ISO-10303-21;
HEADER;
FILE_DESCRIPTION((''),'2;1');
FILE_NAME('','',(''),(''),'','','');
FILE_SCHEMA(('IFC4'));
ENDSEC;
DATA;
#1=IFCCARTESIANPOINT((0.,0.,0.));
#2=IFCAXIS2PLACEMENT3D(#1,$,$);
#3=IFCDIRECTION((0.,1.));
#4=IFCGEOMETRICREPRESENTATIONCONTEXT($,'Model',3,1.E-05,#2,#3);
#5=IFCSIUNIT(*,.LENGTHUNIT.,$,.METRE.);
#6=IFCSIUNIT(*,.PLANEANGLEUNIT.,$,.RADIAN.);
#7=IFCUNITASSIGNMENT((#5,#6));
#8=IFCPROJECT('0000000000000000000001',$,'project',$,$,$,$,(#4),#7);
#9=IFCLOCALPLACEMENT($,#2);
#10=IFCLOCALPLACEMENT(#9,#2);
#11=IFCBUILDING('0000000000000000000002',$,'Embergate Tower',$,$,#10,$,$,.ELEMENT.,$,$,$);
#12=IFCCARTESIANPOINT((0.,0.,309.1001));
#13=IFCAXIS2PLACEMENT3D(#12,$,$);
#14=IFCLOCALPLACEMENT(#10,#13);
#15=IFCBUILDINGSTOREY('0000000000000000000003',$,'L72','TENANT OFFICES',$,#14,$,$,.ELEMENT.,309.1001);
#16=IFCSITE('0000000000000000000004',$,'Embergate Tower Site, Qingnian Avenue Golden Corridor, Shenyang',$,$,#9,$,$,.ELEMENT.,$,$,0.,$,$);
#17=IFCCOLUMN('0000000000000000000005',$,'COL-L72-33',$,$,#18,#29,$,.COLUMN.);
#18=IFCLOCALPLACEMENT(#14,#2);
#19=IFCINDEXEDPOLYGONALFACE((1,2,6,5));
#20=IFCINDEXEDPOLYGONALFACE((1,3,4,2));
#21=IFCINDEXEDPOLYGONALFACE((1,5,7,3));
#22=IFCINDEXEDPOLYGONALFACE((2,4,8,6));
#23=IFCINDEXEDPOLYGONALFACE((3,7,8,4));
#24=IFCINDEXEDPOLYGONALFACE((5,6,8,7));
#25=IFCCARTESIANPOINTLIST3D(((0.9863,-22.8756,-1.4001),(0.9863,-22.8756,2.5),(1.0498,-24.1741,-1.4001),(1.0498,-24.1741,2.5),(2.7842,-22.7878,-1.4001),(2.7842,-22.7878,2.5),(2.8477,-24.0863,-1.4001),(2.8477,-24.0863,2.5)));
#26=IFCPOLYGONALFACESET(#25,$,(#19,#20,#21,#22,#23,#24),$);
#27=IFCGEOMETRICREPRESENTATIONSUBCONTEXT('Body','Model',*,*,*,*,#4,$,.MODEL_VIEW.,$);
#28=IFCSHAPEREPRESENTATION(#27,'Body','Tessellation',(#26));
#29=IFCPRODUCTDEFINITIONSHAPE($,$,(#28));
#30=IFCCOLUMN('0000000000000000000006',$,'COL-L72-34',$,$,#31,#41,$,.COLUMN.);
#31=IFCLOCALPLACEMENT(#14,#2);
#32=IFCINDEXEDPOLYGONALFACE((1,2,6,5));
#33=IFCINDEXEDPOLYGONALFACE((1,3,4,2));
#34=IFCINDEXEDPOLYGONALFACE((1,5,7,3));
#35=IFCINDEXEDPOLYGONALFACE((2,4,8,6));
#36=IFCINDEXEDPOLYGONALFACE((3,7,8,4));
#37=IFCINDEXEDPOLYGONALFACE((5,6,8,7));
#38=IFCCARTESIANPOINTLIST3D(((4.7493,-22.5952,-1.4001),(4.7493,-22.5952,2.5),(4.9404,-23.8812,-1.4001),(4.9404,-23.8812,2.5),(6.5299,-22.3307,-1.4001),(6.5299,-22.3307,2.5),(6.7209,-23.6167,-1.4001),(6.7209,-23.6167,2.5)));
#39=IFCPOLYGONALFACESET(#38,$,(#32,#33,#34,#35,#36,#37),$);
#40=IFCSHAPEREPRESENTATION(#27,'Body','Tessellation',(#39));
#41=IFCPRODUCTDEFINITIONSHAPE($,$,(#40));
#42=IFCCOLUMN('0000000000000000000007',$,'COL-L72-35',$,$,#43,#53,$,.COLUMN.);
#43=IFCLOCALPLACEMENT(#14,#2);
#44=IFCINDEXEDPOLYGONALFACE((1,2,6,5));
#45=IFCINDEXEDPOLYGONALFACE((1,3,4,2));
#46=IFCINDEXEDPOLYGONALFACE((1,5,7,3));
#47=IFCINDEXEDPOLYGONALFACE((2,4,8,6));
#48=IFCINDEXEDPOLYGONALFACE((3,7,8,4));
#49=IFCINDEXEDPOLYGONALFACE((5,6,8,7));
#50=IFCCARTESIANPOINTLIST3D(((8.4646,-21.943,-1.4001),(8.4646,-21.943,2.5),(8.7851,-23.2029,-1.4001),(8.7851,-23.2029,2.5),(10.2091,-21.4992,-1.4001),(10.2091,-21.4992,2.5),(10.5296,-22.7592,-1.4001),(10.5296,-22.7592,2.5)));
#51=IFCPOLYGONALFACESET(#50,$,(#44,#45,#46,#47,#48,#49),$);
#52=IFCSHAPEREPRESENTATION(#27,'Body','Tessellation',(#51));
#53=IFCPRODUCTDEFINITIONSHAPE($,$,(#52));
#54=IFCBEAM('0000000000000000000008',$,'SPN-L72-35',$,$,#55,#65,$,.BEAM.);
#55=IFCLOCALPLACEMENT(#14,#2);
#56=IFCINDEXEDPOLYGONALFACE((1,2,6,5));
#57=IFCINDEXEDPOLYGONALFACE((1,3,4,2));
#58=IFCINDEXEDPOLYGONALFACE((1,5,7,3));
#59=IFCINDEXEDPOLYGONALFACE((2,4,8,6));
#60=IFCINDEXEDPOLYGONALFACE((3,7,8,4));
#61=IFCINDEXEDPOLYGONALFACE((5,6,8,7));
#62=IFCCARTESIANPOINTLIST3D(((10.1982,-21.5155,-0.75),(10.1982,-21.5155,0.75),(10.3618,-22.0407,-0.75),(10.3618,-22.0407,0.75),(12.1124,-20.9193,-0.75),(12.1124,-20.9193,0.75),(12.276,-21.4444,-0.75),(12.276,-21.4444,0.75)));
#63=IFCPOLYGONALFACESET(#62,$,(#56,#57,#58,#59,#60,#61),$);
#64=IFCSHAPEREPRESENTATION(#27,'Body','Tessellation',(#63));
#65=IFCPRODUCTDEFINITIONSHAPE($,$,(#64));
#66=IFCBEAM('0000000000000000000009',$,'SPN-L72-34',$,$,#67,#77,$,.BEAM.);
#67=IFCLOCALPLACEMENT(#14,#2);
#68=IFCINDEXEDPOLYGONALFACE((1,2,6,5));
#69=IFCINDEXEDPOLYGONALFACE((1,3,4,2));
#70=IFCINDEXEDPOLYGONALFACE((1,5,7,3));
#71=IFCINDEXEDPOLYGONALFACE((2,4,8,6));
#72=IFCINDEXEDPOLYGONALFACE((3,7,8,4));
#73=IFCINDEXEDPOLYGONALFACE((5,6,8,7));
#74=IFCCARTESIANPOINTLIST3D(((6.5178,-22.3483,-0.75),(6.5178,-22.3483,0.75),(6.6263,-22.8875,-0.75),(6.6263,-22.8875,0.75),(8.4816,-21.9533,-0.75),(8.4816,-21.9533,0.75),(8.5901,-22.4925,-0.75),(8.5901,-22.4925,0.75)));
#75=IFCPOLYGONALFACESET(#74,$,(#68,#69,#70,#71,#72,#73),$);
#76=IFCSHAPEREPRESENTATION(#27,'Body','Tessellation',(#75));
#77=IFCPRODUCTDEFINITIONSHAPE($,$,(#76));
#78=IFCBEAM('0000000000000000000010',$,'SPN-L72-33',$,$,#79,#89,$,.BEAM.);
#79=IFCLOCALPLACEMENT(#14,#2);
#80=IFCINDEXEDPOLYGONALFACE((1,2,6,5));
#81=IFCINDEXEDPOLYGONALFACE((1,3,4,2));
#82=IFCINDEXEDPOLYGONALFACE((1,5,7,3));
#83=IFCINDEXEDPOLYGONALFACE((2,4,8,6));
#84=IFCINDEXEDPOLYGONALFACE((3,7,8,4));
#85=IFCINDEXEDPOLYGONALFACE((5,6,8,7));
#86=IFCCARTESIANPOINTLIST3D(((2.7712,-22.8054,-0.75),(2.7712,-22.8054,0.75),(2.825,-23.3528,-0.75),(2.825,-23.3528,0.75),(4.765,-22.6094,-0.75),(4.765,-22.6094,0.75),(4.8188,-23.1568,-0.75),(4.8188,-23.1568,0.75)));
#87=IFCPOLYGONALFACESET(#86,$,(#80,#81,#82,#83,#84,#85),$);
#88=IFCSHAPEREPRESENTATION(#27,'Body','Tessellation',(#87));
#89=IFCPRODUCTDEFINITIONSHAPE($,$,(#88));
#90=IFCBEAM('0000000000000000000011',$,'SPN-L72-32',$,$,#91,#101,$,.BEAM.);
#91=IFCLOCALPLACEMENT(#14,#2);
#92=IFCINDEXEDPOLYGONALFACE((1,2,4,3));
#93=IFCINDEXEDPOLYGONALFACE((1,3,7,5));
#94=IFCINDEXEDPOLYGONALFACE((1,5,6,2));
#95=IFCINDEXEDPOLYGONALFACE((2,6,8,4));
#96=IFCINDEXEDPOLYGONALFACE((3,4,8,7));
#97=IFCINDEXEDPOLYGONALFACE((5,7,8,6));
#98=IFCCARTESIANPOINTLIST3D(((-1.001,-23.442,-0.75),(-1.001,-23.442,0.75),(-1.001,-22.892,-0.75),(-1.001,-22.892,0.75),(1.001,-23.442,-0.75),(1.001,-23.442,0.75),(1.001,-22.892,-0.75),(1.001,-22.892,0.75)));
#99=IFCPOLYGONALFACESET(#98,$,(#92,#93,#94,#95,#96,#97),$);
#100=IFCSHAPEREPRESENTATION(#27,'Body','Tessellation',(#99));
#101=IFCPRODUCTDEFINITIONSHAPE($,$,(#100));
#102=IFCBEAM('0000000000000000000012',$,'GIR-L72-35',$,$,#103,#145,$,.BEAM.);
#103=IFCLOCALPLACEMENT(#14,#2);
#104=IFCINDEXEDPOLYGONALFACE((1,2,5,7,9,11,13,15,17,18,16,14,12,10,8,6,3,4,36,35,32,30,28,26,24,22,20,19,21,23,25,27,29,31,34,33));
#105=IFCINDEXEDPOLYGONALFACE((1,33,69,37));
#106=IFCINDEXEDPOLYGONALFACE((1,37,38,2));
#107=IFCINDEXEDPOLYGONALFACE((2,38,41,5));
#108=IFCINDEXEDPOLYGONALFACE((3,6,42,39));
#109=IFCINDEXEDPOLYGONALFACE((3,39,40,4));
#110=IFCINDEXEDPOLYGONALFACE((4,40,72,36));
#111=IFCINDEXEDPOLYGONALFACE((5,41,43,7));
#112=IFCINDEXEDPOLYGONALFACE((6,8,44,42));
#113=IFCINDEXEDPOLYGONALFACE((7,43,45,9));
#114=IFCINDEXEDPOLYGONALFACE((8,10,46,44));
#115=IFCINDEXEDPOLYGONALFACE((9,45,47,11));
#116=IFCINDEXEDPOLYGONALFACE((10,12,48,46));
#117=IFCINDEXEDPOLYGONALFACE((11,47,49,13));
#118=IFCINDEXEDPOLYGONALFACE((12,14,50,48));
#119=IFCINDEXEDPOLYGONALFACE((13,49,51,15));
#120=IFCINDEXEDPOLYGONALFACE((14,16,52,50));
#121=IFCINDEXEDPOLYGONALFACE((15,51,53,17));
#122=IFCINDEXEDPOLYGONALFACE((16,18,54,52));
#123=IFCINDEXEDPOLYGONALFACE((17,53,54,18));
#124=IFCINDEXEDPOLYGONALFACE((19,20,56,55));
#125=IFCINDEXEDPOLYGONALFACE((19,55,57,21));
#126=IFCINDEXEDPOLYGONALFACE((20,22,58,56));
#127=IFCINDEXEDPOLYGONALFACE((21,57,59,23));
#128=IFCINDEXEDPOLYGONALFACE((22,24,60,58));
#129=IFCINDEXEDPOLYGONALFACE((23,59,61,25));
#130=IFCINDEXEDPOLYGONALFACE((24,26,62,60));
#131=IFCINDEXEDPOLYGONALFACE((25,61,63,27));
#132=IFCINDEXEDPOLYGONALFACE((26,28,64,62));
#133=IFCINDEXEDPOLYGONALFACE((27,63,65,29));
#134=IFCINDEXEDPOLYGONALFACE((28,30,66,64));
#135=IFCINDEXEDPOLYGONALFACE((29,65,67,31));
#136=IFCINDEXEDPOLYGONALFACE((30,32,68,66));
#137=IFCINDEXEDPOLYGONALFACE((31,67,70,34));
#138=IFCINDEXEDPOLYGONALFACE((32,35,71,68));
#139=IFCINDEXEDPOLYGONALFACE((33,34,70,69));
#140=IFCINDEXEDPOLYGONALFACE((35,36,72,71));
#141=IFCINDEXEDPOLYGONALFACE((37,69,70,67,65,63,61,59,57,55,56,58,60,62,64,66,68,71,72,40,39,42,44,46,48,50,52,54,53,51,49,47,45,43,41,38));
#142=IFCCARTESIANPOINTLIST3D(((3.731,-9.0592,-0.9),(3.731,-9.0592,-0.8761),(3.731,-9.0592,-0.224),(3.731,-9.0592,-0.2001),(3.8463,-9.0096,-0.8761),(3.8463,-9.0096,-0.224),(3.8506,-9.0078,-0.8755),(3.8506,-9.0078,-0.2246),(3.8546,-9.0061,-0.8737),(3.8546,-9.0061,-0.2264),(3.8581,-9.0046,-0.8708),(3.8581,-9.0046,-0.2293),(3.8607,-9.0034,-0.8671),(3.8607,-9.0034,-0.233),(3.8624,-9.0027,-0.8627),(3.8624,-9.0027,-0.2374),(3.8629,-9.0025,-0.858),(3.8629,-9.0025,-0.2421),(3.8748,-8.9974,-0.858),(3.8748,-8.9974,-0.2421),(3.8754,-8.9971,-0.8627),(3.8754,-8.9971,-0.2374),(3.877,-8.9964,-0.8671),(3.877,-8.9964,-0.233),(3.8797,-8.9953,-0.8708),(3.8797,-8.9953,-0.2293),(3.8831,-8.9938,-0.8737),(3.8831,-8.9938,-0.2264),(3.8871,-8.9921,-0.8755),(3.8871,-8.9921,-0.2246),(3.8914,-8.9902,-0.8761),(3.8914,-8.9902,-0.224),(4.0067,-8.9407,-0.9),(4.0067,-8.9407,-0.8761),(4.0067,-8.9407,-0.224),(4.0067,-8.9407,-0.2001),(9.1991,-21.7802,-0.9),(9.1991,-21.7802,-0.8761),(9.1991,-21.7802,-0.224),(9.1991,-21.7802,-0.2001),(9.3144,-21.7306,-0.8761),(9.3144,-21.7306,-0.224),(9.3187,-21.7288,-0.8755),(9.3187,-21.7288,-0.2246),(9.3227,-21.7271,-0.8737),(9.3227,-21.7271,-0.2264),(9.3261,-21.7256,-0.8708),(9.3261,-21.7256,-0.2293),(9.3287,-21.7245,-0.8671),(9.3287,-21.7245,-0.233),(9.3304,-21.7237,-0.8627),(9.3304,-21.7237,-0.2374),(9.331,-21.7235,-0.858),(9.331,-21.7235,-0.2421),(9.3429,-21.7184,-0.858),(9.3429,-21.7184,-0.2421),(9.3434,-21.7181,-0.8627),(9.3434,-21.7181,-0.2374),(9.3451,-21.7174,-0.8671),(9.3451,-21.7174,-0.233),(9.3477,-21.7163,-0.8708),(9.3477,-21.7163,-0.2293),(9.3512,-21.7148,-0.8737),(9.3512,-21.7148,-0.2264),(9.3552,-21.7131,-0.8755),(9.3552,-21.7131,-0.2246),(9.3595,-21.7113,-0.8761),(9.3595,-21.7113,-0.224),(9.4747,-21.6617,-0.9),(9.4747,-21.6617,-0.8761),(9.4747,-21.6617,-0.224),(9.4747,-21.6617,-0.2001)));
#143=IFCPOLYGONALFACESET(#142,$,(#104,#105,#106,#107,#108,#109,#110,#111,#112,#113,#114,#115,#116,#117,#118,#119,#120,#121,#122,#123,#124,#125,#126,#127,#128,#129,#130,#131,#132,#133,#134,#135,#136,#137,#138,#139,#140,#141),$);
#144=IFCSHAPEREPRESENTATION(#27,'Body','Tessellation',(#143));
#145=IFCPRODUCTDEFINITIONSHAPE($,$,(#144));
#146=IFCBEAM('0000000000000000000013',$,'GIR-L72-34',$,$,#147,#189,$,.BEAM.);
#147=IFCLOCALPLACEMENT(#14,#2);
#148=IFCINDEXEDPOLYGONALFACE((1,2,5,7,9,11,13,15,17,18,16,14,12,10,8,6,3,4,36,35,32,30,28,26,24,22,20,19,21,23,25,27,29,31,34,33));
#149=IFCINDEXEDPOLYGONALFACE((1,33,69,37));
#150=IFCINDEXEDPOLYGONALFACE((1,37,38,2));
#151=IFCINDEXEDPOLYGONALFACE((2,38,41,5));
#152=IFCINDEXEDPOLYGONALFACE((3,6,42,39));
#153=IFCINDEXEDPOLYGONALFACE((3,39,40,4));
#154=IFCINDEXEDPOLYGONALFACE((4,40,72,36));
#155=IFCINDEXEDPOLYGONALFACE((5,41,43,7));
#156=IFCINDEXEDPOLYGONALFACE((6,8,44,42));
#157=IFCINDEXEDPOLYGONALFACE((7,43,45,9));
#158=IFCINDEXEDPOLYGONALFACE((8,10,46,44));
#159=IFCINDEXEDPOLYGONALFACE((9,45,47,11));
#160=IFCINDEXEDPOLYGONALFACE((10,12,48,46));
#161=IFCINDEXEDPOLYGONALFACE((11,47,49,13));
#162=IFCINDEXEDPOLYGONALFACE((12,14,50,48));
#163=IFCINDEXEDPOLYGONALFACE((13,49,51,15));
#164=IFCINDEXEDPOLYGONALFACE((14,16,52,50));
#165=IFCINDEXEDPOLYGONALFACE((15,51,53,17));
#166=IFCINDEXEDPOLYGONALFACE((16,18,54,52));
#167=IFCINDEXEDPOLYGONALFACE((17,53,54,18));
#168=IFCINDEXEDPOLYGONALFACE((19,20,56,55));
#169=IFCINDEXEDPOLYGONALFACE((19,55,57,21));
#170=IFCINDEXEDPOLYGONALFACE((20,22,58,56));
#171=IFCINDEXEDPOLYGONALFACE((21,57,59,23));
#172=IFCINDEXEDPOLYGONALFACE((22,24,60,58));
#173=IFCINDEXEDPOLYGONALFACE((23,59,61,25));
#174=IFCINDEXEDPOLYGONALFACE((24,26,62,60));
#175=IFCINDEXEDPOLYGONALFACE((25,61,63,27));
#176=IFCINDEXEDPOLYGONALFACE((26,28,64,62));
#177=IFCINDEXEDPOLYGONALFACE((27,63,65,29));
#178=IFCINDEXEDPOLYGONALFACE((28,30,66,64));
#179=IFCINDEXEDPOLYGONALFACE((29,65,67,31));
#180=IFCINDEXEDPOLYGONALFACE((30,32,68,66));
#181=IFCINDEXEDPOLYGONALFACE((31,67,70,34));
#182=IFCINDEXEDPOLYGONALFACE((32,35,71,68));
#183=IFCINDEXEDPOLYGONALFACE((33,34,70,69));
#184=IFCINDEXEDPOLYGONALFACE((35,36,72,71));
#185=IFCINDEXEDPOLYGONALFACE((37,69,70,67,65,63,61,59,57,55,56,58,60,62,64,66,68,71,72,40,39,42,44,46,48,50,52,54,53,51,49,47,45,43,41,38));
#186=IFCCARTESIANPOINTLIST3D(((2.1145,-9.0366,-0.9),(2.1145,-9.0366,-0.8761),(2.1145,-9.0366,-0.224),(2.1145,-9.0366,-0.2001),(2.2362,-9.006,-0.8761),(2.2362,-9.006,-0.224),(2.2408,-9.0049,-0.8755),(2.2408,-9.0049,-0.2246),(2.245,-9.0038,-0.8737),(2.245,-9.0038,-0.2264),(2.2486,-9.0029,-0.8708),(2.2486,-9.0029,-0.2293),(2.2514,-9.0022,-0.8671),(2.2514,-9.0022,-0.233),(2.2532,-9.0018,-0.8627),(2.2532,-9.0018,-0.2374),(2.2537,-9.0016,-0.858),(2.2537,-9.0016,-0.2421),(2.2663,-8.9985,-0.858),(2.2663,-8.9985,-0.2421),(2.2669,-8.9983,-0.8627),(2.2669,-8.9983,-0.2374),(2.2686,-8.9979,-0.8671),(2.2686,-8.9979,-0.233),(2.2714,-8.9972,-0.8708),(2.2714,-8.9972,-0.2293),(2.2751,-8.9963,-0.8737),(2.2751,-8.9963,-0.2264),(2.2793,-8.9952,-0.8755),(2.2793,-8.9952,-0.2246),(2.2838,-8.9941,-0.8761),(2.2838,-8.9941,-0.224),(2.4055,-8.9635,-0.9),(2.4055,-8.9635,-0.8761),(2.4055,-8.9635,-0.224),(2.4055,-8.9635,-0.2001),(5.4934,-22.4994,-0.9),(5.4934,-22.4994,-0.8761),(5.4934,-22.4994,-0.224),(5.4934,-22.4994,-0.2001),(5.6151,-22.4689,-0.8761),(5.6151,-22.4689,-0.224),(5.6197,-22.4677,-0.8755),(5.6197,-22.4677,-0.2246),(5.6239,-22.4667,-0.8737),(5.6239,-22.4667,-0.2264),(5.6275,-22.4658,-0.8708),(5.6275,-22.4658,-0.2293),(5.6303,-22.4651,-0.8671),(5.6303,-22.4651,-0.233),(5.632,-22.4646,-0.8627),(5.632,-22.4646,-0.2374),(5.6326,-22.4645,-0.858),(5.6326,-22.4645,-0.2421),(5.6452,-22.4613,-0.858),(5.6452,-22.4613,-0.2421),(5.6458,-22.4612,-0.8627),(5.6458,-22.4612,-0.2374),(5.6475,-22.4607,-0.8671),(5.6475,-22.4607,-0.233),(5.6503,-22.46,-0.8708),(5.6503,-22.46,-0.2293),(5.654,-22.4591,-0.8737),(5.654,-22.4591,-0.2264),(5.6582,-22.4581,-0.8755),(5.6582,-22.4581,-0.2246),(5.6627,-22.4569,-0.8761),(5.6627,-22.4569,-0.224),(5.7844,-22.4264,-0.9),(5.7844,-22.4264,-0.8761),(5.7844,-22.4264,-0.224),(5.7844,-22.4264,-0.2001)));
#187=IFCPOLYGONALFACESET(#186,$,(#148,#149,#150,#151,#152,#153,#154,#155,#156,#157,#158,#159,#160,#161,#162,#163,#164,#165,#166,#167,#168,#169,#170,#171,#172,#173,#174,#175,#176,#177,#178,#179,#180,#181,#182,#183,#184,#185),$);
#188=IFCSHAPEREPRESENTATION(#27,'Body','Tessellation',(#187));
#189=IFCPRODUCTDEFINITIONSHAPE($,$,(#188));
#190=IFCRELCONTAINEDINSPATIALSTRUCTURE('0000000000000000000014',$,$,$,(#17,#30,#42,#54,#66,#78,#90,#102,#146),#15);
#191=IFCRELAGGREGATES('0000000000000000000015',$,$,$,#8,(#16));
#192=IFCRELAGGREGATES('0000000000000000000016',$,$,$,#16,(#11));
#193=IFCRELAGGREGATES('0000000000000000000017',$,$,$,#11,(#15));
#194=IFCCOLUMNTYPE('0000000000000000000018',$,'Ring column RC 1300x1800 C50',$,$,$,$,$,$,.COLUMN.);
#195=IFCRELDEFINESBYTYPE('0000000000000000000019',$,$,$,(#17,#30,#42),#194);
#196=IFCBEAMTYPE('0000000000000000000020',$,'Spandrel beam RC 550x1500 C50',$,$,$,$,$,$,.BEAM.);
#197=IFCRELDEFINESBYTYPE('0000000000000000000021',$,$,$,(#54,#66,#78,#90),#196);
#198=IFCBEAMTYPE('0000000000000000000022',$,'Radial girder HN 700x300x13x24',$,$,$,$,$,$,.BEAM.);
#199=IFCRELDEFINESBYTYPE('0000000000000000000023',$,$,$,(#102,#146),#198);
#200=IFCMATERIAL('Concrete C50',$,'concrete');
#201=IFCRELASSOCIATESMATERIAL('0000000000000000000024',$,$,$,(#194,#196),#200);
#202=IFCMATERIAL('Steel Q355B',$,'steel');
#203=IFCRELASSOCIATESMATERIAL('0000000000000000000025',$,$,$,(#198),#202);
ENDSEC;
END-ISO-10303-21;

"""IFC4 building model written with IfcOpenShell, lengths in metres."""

from ifc_helpers import new_model, si_unit, direction, frame, origin, origin_2d, place, context, subcontext, project, spatial, rectangle, i_section, extrude, source, transform, mapped, material, material_profile, profile_set, type_object, element, save


model = new_model("IFC4")

# Units and contexts
model_context = context("Model", 3, precision=1e-05, world=origin(), true_north=direction((0.0, 1.0)))
body_context = subcontext(model_context, "Body", "Model", "MODEL_VIEW")
ifc_project = project(units=[si_unit("LENGTHUNIT", "METRE"), si_unit("PLANEANGLEUNIT", "RADIAN")], contexts=[model_context])

# Site, building, storey
site_placement = place(None, origin())
site = spatial("IfcSite", under=ifc_project, at=site_placement, Name="Embergate Tower Site, Qingnian Avenue Golden Corridor, Shenyang", CompositionType="ELEMENT", RefElevation=0.0)
building_placement = place(site_placement, origin())
building = spatial("IfcBuilding", under=site, at=building_placement, Name="Embergate Tower", CompositionType="ELEMENT")
storey_placement = place(building_placement, frame((0.0, 0.0, 309.1001)))
storey = spatial("IfcBuildingStorey", under=building, at=storey_placement, Name="L72", Description="TENANT OFFICES", CompositionType="ELEMENT", Elevation=309.1001)

# Columns
ifc_material_1 = material(Name="Concrete C50", Category="concrete")
ifc_material_profile_1 = material_profile(ifc_material_1, rectangle(XDim=1.3, YDim=1.8, at=origin_2d()), Name="RC 1300x1800")
ifc_profile_set_1 = profile_set([ifc_material_profile_1], Name="Concrete C50")
column_type = type_object("IfcColumnType", Name="Ring column RC 1300x1800 C50", PredefinedType="COLUMN", material=ifc_profile_set_1)
shared_shape_1 = source(origin(), body_context, "Body", "SweptSolid", [
    extrude(rectangle(XDim=1.3, YDim=1.8, at=origin_2d()), origin(), (0.0, 0.0, 1.0), 3.9001),
])
for number, where, z_axis, x_axis, name in (
    (1, (1.917, -23.481, -1.4001), (0.0, 0.0, 1.0), (0.048815, -0.998808, 0.0), "COL-L72-33"),
    (2, (5.7351, -23.106, -1.4001), (0.0, 0.0, 1.0), (0.146929, -0.989147, 0.0), "COL-L72-34"),
    (3, (9.4971, -22.3511, -1.4001), (0.0, 0.0, 1.0), (0.246509, -0.969141, 0.0), "COL-L72-35"),
):
    element("IfcColumn", number, at=place(storey_placement, frame(where, z_axis=z_axis, x_axis=x_axis)), inside=storey, type_object=column_type, Name=name, PredefinedType="COLUMN", context=body_context, shape_type="MappedRepresentation", body=[
        mapped(shared_shape_1, transform((0.0, 0.0, 0.0))),
    ])

# Beams
ifc_material_profile_2 = material_profile(ifc_material_1, rectangle(XDim=0.55, YDim=1.5, at=origin_2d()), Name="RC 550x1500")
ifc_profile_set_2 = profile_set([ifc_material_profile_2], Name="Concrete C50")
beam_type_1 = type_object("IfcBeamType", Name="Spandrel beam RC 550x1500 C50", PredefinedType="BEAM", material=ifc_profile_set_2)
shared_shape_2 = source(origin(), body_context, "Body", "SweptSolid", [
    extrude(rectangle(XDim=0.55, YDim=1.5, at=origin_2d()), origin(), (0.0, 0.0, 1.0), 2.0049),
])
beam_1_placement = place(storey_placement, frame((10.28, -21.7781, 0.0), z_axis=(0.954757, 0.297387, 0.0), x_axis=(-0.297387, 0.954757, 0.0)))
element("IfcBeam", 4, at=beam_1_placement, inside=storey, type_object=beam_type_1, Name="SPN-L72-35", PredefinedType="BEAM", context=body_context, shape_type="MappedRepresentation", body=[
    mapped(shared_shape_2, transform((0.0, 0.0, 0.0))),
])
shared_shape_3 = source(origin(), body_context, "Body", "SweptSolid", [
    extrude(rectangle(XDim=0.55, YDim=1.5, at=origin_2d()), origin(), (0.0, 0.0, 1.0), 2.0032),
])
beam_2_placement = place(storey_placement, frame((6.572, -22.6179, 0.0), z_axis=(0.980364, 0.197194, 0.0), x_axis=(-0.197194, 0.980364, 0.0)))
element("IfcBeam", 5, at=beam_2_placement, inside=storey, type_object=beam_type_1, Name="SPN-L72-34", PredefinedType="BEAM", context=body_context, shape_type="MappedRepresentation", body=[
    mapped(shared_shape_3, transform((0.0, 0.0, 0.0))),
])
shared_shape_4 = source(origin(), body_context, "Body", "SweptSolid", [
    extrude(rectangle(XDim=0.55, YDim=1.5, at=origin_2d()), origin(), (0.0, 0.0, 1.0), 2.0034),
])
beam_3_placement = place(storey_placement, frame((2.7981, -23.0791, 0.0), z_axis=(0.995201, 0.097851, 0.0), x_axis=(-0.097851, 0.995201, 0.0)))
element("IfcBeam", 6, at=beam_3_placement, inside=storey, type_object=beam_type_1, Name="SPN-L72-33", PredefinedType="BEAM", context=body_context, shape_type="MappedRepresentation", body=[
    mapped(shared_shape_4, transform((0.0, 0.0, 0.0))),
])
shared_shape_5 = source(origin(), body_context, "Body", "SweptSolid", [
    extrude(rectangle(XDim=0.55, YDim=1.5, at=origin_2d()), origin(), (0.0, 0.0, 1.0), 2.002),
])
beam_4_placement = place(storey_placement, frame((-1.001, -23.167, 0.0), z_axis=(1.0, 0.0, 0.0), x_axis=(0.0, 1.0, 0.0)))
element("IfcBeam", 7, at=beam_4_placement, inside=storey, type_object=beam_type_1, Name="SPN-L72-32", PredefinedType="BEAM", context=body_context, shape_type="MappedRepresentation", body=[
    mapped(shared_shape_5, transform((0.0, 0.0, 0.0))),
])
ifc_material_2 = material(Name="Steel Q355B", Category="steel")
ifc_material_profile_3 = material_profile(ifc_material_2, i_section(OverallWidth=0.3, OverallDepth=0.7, WebThickness=0.0129, FlangeThickness=0.0239, FilletRadius=0.0181, at=origin_2d()), Name="HN 700x300x13x24")
ifc_profile_set_3 = profile_set([ifc_material_profile_3], Name="Steel Q355 grade B")
beam_type_2 = type_object("IfcBeamType", Name="Radial girder HN 700x300x13x24", PredefinedType="BEAM", material=ifc_profile_set_3)
shared_shape_6 = source(origin(), body_context, "Body", "SweptSolid", [
    extrude(i_section(OverallWidth=0.3, OverallDepth=0.7, WebThickness=0.0129, FlangeThickness=0.0239, FilletRadius=0.0181, at=origin_2d()), origin(), (0.0, 0.0, 1.0), 13.8464),
])
beam_5_placement = place(storey_placement, frame((9.3369, -21.7209, -0.55), z_axis=(-0.394906, 0.918721, 0.0), x_axis=(-0.918721, -0.394906, 0.0)))
element("IfcBeam", 8, at=beam_5_placement, inside=storey, type_object=beam_type_2, Name="GIR-L72-35", PredefinedType="BEAM", context=body_context, shape_type="MappedRepresentation", body=[
    mapped(shared_shape_6, transform((0.0, 0.0, 0.0))),
])
shared_shape_7 = source(origin(), body_context, "Body", "SweptSolid", [
    extrude(i_section(OverallWidth=0.3, OverallDepth=0.7, WebThickness=0.0129, FlangeThickness=0.0239, FilletRadius=0.0181, at=origin_2d()), origin(), (0.0, 0.0, 1.0), 13.8804),
])
beam_6_placement = place(storey_placement, frame((5.6389, -22.4629, -0.55), z_axis=(-0.243429, 0.969919, 0.0), x_axis=(-0.969919, -0.243429, 0.0)))
element("IfcBeam", 9, at=beam_6_placement, inside=storey, type_object=beam_type_2, Name="GIR-L72-34", PredefinedType="BEAM", context=body_context, shape_type="MappedRepresentation", body=[
    mapped(shared_shape_7, transform((0.0, 0.0, 0.0))),
])

save(model, "model.ifc")
